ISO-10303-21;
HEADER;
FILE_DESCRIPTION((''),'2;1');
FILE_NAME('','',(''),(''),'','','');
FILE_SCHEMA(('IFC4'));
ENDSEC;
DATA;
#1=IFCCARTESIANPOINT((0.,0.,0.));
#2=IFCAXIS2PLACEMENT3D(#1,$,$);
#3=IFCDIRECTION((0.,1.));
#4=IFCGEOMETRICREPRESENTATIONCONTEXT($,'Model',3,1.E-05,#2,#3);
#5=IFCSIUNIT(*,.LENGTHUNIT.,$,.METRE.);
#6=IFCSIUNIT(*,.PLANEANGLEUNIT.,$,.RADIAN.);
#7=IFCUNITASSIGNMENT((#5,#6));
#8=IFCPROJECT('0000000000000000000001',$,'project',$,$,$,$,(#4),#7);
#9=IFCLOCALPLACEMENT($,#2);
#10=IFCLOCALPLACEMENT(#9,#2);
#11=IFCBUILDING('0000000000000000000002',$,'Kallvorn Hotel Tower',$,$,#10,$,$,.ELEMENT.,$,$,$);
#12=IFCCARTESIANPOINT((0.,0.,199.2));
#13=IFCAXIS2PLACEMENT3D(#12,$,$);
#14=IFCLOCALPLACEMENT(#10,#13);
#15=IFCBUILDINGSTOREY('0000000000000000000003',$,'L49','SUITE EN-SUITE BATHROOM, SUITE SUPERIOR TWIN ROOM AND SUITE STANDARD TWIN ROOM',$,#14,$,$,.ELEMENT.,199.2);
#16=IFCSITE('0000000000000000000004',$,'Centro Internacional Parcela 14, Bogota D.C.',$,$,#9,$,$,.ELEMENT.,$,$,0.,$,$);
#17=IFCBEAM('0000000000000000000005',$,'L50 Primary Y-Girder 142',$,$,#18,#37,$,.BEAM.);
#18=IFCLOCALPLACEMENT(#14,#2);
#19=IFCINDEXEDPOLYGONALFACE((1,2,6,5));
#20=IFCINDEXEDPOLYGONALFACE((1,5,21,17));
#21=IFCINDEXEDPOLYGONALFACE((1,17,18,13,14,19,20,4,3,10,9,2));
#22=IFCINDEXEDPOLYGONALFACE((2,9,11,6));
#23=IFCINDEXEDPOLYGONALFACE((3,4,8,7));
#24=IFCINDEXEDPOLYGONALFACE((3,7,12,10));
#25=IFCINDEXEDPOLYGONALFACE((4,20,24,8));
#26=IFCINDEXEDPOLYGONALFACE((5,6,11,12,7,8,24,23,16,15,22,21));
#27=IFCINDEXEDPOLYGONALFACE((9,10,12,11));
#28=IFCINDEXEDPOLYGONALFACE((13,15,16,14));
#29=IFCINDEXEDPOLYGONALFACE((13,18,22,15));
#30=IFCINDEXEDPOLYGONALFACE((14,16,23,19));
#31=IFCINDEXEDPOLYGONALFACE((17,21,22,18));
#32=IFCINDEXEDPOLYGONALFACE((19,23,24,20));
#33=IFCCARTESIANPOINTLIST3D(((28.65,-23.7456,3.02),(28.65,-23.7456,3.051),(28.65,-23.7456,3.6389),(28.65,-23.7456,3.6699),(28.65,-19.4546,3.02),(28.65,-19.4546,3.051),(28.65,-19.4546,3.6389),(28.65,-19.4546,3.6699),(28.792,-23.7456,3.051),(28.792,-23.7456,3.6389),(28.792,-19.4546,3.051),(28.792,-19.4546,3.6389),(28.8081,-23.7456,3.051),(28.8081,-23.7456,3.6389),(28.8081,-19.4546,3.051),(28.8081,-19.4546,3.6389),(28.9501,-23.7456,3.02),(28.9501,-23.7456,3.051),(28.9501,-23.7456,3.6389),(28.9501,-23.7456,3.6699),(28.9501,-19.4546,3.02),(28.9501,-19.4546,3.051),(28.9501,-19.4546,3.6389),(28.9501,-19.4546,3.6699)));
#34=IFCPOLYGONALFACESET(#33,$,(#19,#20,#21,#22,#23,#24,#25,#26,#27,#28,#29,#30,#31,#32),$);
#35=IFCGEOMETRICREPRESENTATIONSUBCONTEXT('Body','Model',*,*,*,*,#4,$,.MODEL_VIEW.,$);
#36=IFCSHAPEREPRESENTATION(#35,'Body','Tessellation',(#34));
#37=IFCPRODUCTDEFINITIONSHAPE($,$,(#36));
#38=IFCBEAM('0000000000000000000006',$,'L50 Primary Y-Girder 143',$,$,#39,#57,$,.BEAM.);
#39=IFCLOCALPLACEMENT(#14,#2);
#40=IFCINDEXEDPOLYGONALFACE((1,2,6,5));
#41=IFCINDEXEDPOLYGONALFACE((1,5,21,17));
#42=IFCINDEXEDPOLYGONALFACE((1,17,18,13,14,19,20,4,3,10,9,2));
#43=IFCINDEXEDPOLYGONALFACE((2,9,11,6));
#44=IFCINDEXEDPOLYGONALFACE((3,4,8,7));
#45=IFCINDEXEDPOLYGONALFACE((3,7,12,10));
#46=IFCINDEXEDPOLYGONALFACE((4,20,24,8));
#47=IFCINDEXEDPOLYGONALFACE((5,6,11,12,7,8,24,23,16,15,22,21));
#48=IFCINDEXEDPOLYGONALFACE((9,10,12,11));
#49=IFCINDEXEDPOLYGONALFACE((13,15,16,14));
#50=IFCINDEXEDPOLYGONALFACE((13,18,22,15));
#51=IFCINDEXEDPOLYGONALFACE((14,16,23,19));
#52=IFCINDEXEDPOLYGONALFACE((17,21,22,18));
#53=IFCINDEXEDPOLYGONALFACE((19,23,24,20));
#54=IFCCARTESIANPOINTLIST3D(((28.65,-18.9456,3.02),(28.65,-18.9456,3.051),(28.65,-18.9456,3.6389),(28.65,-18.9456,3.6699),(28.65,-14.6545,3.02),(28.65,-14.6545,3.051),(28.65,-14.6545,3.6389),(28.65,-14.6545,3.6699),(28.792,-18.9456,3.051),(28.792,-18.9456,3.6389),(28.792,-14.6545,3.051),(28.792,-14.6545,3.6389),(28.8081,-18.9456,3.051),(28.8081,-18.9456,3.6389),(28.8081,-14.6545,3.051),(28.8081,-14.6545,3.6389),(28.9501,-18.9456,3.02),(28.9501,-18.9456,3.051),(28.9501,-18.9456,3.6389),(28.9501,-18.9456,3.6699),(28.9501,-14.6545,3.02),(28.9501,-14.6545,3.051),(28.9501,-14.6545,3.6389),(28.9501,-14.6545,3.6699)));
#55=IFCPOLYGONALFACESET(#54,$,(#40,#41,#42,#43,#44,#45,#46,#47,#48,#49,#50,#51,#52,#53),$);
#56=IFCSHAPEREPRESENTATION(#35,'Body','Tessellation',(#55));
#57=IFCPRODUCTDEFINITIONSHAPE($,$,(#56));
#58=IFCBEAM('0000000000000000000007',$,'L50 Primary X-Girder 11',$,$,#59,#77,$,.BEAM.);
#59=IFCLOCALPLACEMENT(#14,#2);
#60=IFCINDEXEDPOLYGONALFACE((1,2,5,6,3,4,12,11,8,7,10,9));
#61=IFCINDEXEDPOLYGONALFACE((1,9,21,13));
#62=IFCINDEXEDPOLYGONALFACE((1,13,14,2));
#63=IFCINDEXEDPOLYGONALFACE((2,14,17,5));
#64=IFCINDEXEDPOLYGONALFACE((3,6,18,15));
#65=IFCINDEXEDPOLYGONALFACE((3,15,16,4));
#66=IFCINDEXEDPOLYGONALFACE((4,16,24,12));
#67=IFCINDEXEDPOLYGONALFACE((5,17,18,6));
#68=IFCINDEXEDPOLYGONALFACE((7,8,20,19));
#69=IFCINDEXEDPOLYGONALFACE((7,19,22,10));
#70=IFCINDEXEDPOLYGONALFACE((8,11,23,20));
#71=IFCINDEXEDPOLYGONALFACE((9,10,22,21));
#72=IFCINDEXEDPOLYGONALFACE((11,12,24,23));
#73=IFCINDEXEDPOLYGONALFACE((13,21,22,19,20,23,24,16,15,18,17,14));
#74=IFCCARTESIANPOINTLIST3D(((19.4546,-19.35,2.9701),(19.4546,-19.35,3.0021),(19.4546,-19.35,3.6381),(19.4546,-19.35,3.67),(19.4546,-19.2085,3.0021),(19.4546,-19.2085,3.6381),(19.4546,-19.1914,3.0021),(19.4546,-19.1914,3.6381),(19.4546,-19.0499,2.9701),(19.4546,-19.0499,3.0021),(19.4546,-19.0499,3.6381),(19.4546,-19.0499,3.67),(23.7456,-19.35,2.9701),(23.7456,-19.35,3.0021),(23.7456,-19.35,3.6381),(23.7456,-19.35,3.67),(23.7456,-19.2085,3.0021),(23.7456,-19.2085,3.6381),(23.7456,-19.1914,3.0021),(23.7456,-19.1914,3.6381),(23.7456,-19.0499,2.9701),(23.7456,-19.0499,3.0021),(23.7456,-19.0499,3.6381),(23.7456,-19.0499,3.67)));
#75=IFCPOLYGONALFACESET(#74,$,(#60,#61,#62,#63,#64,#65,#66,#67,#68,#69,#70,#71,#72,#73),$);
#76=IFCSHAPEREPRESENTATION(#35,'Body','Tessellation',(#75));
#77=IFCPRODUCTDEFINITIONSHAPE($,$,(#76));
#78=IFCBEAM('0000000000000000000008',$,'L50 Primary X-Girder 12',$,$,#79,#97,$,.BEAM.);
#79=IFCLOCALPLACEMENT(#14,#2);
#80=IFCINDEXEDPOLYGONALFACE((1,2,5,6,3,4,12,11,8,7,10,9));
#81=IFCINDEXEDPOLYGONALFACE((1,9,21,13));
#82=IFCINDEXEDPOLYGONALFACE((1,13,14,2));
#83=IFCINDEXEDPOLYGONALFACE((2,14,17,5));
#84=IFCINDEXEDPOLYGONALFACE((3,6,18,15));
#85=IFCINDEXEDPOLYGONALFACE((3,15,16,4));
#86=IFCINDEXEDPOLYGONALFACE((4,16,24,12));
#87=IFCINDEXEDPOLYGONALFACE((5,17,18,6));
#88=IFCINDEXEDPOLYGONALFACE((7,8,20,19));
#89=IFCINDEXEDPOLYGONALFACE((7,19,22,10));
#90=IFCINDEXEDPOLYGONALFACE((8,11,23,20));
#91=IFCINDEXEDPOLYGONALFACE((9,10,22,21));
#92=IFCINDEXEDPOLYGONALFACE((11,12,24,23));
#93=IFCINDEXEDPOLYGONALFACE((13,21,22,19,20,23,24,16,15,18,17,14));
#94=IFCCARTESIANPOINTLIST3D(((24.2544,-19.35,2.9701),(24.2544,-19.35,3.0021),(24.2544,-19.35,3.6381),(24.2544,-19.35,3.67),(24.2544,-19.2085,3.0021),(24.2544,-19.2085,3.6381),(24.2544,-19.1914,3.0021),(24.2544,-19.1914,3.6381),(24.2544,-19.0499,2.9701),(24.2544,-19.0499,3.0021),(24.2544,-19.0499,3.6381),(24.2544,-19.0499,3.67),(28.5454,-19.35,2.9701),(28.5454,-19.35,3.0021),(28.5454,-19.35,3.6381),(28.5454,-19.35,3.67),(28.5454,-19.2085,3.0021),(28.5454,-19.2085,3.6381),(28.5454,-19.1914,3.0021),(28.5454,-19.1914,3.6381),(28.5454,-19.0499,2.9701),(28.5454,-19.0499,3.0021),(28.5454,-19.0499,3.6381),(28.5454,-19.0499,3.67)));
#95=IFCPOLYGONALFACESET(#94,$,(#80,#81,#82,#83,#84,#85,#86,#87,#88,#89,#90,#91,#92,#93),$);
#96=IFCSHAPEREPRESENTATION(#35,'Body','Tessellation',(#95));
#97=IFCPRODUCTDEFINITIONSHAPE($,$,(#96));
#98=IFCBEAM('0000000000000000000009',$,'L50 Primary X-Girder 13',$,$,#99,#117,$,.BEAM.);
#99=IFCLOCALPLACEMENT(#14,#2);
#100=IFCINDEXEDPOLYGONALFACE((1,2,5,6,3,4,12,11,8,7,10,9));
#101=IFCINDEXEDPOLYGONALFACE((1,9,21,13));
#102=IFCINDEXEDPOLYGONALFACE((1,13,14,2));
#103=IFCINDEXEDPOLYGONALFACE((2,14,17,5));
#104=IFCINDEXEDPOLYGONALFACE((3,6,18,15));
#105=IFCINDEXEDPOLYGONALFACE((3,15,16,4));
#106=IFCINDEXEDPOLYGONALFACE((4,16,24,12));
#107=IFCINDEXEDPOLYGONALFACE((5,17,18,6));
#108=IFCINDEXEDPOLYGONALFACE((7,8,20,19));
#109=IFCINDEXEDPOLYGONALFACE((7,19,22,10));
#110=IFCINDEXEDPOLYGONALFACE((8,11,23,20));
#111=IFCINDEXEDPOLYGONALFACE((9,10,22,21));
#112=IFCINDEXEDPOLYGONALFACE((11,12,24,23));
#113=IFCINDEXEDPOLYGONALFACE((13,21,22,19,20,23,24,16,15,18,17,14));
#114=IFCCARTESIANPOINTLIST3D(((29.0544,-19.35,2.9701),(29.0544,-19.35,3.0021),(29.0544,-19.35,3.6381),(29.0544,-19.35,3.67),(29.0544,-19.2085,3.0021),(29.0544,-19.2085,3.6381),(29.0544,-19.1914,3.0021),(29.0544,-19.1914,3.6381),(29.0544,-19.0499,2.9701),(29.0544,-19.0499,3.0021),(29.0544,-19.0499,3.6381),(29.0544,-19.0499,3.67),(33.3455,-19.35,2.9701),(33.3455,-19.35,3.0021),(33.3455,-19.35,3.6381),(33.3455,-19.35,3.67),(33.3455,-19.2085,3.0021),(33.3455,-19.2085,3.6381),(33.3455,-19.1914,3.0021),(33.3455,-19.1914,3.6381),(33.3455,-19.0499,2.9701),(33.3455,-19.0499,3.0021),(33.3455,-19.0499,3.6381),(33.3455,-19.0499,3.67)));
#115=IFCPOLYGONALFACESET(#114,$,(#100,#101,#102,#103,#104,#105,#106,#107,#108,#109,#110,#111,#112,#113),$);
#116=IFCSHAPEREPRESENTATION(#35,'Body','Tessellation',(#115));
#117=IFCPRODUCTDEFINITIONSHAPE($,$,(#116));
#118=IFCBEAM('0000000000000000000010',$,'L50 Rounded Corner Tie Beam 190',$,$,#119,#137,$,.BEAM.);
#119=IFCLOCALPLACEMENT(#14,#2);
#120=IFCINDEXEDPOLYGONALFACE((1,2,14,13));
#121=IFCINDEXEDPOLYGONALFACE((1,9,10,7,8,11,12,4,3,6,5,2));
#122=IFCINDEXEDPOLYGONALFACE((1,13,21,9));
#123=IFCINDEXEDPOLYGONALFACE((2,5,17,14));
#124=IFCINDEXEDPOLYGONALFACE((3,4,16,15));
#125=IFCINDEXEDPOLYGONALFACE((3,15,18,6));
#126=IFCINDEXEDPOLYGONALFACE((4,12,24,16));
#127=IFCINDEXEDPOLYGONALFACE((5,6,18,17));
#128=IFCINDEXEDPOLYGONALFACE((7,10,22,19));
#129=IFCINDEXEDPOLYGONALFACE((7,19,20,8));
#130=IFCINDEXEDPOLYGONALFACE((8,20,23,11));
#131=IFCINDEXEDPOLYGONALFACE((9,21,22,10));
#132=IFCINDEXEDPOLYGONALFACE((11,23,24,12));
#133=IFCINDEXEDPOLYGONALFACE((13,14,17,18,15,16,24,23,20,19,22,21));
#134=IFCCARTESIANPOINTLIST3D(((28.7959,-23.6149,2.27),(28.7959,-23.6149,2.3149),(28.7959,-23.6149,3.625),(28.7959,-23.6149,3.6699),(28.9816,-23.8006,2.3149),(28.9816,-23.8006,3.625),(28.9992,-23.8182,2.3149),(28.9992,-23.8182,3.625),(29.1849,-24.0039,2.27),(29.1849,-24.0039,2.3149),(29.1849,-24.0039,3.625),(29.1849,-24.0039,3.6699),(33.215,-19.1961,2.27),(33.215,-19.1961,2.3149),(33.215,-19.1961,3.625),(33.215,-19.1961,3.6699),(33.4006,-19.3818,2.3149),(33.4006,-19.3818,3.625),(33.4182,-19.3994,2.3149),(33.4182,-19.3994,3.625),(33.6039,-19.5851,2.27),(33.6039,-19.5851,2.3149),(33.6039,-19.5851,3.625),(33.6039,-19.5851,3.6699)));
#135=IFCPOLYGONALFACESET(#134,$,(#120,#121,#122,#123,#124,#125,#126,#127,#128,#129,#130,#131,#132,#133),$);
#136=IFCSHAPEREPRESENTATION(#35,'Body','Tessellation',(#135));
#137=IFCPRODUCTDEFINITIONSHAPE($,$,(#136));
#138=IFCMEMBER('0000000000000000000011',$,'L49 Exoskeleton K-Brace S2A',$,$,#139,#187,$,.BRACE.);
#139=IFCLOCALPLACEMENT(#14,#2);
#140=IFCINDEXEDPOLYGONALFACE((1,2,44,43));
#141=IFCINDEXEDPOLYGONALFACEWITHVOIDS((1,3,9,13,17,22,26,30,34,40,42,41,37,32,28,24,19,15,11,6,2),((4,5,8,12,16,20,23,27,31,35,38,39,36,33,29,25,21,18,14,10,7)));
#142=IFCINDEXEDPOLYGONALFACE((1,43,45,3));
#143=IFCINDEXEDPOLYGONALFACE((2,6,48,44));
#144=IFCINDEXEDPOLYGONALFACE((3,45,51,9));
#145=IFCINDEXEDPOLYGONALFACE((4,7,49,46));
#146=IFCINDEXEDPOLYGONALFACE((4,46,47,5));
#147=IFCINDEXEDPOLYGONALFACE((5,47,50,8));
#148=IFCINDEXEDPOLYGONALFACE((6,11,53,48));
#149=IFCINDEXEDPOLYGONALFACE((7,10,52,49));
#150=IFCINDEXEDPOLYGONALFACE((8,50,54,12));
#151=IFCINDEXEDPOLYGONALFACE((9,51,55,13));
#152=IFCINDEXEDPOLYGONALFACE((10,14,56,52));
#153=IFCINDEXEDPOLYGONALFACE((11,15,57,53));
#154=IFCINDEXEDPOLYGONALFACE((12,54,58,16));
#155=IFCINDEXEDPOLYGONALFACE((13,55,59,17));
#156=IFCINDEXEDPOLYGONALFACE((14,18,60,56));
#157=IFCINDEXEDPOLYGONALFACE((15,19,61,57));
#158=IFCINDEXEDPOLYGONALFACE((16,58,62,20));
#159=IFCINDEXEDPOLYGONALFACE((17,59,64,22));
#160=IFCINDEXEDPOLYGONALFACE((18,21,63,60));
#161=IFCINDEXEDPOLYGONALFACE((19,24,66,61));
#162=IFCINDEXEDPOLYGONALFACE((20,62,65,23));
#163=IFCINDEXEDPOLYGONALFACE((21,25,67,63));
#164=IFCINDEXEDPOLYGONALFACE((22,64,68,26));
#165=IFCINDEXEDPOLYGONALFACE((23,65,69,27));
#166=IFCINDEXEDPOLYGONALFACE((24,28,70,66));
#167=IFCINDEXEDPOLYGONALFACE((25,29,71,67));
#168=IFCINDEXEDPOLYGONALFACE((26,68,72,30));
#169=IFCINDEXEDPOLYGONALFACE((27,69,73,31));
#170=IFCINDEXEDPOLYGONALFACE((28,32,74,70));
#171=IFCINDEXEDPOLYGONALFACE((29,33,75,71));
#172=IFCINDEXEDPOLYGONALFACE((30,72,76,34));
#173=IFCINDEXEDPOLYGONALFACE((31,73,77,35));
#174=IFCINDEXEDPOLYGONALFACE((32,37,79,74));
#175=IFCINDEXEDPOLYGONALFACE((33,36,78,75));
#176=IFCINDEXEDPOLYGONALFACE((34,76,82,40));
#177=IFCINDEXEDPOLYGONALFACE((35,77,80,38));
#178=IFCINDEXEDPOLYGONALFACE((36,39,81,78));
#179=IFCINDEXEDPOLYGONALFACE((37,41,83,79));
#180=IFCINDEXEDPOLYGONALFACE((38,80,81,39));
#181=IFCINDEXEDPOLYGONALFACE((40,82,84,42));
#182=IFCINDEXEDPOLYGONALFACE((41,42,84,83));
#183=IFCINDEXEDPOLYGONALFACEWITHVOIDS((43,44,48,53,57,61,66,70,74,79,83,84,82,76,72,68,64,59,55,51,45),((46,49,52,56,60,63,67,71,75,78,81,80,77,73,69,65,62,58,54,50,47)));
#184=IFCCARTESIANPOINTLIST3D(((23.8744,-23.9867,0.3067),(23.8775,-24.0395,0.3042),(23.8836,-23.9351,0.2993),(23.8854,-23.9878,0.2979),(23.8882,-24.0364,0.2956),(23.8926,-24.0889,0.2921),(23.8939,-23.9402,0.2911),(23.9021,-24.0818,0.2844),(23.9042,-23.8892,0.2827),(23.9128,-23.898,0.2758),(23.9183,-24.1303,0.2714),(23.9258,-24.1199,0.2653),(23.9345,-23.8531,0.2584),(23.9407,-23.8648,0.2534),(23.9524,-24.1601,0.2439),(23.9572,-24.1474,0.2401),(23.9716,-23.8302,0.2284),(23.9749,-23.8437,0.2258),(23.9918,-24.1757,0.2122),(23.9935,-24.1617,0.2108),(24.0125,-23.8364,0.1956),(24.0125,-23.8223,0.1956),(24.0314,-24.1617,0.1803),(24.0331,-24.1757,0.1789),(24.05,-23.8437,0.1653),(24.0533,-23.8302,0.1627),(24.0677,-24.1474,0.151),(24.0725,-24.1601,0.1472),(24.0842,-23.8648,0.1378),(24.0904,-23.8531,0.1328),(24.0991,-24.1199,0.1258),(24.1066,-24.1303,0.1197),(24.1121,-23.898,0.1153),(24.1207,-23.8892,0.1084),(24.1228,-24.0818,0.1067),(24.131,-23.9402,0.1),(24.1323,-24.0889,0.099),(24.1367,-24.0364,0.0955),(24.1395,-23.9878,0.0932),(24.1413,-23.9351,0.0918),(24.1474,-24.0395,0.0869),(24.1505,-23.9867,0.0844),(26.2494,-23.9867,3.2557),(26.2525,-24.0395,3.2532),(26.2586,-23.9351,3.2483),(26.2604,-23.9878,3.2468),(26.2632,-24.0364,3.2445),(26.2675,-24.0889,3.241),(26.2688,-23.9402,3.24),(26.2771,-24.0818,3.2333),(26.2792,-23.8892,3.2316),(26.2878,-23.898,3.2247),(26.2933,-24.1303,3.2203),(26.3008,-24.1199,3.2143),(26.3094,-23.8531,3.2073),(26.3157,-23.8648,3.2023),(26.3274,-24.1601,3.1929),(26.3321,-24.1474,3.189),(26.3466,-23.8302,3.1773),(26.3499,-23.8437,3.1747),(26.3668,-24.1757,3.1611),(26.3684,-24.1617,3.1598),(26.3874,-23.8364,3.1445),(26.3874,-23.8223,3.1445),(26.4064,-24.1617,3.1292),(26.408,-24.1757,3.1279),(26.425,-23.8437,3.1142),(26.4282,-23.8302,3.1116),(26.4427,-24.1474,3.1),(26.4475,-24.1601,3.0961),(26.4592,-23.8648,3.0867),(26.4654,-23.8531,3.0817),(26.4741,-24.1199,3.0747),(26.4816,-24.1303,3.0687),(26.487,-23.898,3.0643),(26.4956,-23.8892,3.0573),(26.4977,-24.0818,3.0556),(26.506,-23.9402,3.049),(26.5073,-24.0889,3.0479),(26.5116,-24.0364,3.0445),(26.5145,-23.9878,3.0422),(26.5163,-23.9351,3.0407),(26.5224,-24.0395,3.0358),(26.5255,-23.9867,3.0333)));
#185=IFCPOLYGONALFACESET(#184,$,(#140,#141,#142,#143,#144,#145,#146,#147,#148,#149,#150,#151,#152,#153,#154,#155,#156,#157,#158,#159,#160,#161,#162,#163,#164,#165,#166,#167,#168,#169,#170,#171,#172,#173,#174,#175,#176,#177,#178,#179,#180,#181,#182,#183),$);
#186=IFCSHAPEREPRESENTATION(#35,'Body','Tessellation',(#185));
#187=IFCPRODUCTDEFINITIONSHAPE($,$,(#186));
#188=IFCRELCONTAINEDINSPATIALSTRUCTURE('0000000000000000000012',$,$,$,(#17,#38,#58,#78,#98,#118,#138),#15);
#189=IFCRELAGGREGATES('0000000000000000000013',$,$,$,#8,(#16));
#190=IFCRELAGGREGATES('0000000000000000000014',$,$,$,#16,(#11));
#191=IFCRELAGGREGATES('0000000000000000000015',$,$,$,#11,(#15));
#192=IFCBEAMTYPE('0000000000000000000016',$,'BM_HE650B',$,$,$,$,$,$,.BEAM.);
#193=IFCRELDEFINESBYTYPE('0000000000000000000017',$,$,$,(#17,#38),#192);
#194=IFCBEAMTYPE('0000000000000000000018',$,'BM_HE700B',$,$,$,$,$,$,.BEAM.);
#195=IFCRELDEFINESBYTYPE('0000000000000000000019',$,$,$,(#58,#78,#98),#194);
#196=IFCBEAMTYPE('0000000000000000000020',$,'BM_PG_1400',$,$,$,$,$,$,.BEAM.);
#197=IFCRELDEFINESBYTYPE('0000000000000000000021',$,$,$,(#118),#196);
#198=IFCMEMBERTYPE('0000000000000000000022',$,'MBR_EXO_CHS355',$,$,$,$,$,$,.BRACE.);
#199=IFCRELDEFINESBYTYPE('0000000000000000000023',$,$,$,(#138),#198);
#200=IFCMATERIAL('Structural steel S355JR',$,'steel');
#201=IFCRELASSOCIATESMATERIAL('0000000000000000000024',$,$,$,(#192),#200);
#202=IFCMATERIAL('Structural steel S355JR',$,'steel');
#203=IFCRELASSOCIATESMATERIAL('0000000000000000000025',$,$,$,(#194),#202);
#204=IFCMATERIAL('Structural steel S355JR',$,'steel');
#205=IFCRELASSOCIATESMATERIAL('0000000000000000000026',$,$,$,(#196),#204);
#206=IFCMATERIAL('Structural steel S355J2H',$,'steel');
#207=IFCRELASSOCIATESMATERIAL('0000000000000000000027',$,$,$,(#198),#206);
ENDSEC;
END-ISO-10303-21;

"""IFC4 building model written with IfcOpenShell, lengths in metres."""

from ifc_helpers import new_model, si_unit, direction, frame, origin, origin_2d, place, context, subcontext, project, spatial, hollow_circle, i_section, extrude, material, material_profile, profile_set, type_object, element, save


model = new_model("IFC4")

# Units and contexts
model_context = context("Model", 3, precision=1e-05, world=origin(), true_north=direction((0.0, 1.0)))
body_context = subcontext(model_context, "Body", "Model", "MODEL_VIEW")
ifc_project = project(units=[si_unit("LENGTHUNIT", "METRE"), si_unit("PLANEANGLEUNIT", "RADIAN")], contexts=[model_context])

# Site, building, storey
site_placement = place(None, origin())
site = spatial("IfcSite", under=ifc_project, at=site_placement, Name="Centro Internacional Parcela 14, Bogota D.C.", CompositionType="ELEMENT", RefElevation=0.0)
building_placement = place(site_placement, origin())
building = spatial("IfcBuilding", under=site, at=building_placement, Name="Kallvorn Hotel Tower", CompositionType="ELEMENT")
storey_placement = place(building_placement, frame((0.0, 0.0, 199.2)))
storey = spatial("IfcBuildingStorey", under=building, at=storey_placement, Name="L49", Description="SUITE EN-SUITE BATHROOM, SUITE SUPERIOR TWIN ROOM AND SUITE STANDARD TWIN ROOM", CompositionType="ELEMENT", Elevation=199.2)

# Beams
ifc_material_1 = material(Name="Structural steel S355JR", Category="steel")
ifc_material_profile_1 = material_profile(ifc_material_1, i_section(OverallWidth=0.3, OverallDepth=0.6499, WebThickness=0.0161, FlangeThickness=0.031, at=origin_2d()), Name="HE 650 B")
ifc_profile_set_1 = profile_set([ifc_material_profile_1], Name="Structural steel S355JR")
beam_type_1 = type_object("IfcBeamType", Name="BM_HE650B", PredefinedType="BEAM", material=ifc_profile_set_1)
for number, where, z_axis, x_axis, name in (
    (1, (28.8, -23.7456, 3.345), (0.0, 1.0, 0.0), (-1.0, 0.0, 0.0), "L50 Primary Y-Girder 142"),
    (2, (28.8, -18.9456, 3.345), (0.0, 1.0, 0.0), (-1.0, 0.0, 0.0), "L50 Primary Y-Girder 143"),
):
    element("IfcBeam", number, at=place(storey_placement, frame(where, z_axis=z_axis, x_axis=x_axis)), inside=storey, type_object=beam_type_1, Name=name, PredefinedType="BEAM", context=body_context, shape_type="SweptSolid", body=[
        extrude(i_section(OverallWidth=0.3, OverallDepth=0.6499, WebThickness=0.0161, FlangeThickness=0.031, at=origin_2d()), origin(), (0.0, 0.0, 1.0), 4.291),
    ])
ifc_material_2 = material(Name="Structural steel S355JR", Category="steel")
ifc_material_profile_2 = material_profile(ifc_material_2, i_section(OverallWidth=0.3, OverallDepth=0.7, WebThickness=0.0171, FlangeThickness=0.032, at=origin_2d()), Name="HE 700 B")
ifc_profile_set_2 = profile_set([ifc_material_profile_2], Name="Structural steel S355JR")
beam_type_2 = type_object("IfcBeamType", Name="BM_HE700B", PredefinedType="BEAM", material=ifc_profile_set_2)
for number, where, z_axis, x_axis, name in (
    (3, (19.4546, -19.2, 3.3201), (1.0, 0.0, 0.0), (0.0, 1.0, 0.0), "L50 Primary X-Girder 11"),
    (4, (24.2544, -19.2, 3.3201), (1.0, 0.0, 0.0), (0.0, 1.0, 0.0), "L50 Primary X-Girder 12"),
    (5, (29.0544, -19.2, 3.3201), (1.0, 0.0, 0.0), (0.0, 1.0, 0.0), "L50 Primary X-Girder 13"),
):
    element("IfcBeam", number, at=place(storey_placement, frame(where, z_axis=z_axis, x_axis=x_axis)), inside=storey, type_object=beam_type_2, Name=name, PredefinedType="BEAM", context=body_context, shape_type="SweptSolid", body=[
        extrude(i_section(OverallWidth=0.3, OverallDepth=0.7, WebThickness=0.0171, FlangeThickness=0.032, at=origin_2d()), origin(), (0.0, 0.0, 1.0), 4.291),
    ])
ifc_material_3 = material(Name="Structural steel S355JR", Category="steel")
ifc_material_profile_3 = material_profile(ifc_material_3, i_section(OverallWidth=0.55, OverallDepth=1.3999, WebThickness=0.0249, FlangeThickness=0.0449, at=origin_2d()), Name="PG 1400x550x25x45")
ifc_profile_set_3 = profile_set([ifc_material_profile_3], Name="Structural steel S355JR")
beam_type_3 = type_object("IfcBeamType", Name="BM_PG_1400", PredefinedType="BEAM", material=ifc_profile_set_3)
beam_1_placement = place(storey_placement, frame((33.4094, -19.3906, 2.97), z_axis=(-0.707126, -0.707087, 0.0), x_axis=(0.707087, -0.707126, 0.0)))
element("IfcBeam", 6, at=beam_1_placement, inside=storey, type_object=beam_type_3, Name="L50 Rounded Corner Tie Beam 190", PredefinedType="BEAM", context=body_context, shape_type="SweptSolid", body=[
    extrude(i_section(OverallWidth=0.55, OverallDepth=1.3999, WebThickness=0.0249, FlangeThickness=0.0449, at=origin_2d()), origin(), (0.0, 0.0, 1.0), 6.2493),
])

# Member
ifc_material_4 = material(Name="Structural steel S355J2H", Category="steel")
ifc_material_profile_4 = material_profile(ifc_material_4, hollow_circle(Radius=0.1777, WallThickness=0.0142, at=origin_2d()), Name="CHS 355.6x14.2")
ifc_profile_set_4 = profile_set([ifc_material_profile_4], Name="Structural steel S355J2H")
member_type = type_object("IfcMemberType", Name="MBR_EXO_CHS355", PredefinedType="BRACE", material=ifc_profile_set_4)
for number, where, z_axis, x_axis, name in (
    (7, (24.0125, -24.0, 0.1956), (0.627239, 0.0, 0.778827), (0.0, 1.0, 0.0), "L49 Exoskeleton K-Brace S2A"),
):
    element("IfcMember", number, at=place(storey_placement, frame(where, z_axis=z_axis, x_axis=x_axis)), inside=storey, type_object=member_type, Name=name, PredefinedType="BRACE", context=body_context, shape_type="SweptSolid", body=[
        extrude(hollow_circle(Radius=0.1777, WallThickness=0.0142, at=origin_2d()), origin(), (0.0, 0.0, 1.0), 3.7864),
    ])

save(model, "model.ifc")
